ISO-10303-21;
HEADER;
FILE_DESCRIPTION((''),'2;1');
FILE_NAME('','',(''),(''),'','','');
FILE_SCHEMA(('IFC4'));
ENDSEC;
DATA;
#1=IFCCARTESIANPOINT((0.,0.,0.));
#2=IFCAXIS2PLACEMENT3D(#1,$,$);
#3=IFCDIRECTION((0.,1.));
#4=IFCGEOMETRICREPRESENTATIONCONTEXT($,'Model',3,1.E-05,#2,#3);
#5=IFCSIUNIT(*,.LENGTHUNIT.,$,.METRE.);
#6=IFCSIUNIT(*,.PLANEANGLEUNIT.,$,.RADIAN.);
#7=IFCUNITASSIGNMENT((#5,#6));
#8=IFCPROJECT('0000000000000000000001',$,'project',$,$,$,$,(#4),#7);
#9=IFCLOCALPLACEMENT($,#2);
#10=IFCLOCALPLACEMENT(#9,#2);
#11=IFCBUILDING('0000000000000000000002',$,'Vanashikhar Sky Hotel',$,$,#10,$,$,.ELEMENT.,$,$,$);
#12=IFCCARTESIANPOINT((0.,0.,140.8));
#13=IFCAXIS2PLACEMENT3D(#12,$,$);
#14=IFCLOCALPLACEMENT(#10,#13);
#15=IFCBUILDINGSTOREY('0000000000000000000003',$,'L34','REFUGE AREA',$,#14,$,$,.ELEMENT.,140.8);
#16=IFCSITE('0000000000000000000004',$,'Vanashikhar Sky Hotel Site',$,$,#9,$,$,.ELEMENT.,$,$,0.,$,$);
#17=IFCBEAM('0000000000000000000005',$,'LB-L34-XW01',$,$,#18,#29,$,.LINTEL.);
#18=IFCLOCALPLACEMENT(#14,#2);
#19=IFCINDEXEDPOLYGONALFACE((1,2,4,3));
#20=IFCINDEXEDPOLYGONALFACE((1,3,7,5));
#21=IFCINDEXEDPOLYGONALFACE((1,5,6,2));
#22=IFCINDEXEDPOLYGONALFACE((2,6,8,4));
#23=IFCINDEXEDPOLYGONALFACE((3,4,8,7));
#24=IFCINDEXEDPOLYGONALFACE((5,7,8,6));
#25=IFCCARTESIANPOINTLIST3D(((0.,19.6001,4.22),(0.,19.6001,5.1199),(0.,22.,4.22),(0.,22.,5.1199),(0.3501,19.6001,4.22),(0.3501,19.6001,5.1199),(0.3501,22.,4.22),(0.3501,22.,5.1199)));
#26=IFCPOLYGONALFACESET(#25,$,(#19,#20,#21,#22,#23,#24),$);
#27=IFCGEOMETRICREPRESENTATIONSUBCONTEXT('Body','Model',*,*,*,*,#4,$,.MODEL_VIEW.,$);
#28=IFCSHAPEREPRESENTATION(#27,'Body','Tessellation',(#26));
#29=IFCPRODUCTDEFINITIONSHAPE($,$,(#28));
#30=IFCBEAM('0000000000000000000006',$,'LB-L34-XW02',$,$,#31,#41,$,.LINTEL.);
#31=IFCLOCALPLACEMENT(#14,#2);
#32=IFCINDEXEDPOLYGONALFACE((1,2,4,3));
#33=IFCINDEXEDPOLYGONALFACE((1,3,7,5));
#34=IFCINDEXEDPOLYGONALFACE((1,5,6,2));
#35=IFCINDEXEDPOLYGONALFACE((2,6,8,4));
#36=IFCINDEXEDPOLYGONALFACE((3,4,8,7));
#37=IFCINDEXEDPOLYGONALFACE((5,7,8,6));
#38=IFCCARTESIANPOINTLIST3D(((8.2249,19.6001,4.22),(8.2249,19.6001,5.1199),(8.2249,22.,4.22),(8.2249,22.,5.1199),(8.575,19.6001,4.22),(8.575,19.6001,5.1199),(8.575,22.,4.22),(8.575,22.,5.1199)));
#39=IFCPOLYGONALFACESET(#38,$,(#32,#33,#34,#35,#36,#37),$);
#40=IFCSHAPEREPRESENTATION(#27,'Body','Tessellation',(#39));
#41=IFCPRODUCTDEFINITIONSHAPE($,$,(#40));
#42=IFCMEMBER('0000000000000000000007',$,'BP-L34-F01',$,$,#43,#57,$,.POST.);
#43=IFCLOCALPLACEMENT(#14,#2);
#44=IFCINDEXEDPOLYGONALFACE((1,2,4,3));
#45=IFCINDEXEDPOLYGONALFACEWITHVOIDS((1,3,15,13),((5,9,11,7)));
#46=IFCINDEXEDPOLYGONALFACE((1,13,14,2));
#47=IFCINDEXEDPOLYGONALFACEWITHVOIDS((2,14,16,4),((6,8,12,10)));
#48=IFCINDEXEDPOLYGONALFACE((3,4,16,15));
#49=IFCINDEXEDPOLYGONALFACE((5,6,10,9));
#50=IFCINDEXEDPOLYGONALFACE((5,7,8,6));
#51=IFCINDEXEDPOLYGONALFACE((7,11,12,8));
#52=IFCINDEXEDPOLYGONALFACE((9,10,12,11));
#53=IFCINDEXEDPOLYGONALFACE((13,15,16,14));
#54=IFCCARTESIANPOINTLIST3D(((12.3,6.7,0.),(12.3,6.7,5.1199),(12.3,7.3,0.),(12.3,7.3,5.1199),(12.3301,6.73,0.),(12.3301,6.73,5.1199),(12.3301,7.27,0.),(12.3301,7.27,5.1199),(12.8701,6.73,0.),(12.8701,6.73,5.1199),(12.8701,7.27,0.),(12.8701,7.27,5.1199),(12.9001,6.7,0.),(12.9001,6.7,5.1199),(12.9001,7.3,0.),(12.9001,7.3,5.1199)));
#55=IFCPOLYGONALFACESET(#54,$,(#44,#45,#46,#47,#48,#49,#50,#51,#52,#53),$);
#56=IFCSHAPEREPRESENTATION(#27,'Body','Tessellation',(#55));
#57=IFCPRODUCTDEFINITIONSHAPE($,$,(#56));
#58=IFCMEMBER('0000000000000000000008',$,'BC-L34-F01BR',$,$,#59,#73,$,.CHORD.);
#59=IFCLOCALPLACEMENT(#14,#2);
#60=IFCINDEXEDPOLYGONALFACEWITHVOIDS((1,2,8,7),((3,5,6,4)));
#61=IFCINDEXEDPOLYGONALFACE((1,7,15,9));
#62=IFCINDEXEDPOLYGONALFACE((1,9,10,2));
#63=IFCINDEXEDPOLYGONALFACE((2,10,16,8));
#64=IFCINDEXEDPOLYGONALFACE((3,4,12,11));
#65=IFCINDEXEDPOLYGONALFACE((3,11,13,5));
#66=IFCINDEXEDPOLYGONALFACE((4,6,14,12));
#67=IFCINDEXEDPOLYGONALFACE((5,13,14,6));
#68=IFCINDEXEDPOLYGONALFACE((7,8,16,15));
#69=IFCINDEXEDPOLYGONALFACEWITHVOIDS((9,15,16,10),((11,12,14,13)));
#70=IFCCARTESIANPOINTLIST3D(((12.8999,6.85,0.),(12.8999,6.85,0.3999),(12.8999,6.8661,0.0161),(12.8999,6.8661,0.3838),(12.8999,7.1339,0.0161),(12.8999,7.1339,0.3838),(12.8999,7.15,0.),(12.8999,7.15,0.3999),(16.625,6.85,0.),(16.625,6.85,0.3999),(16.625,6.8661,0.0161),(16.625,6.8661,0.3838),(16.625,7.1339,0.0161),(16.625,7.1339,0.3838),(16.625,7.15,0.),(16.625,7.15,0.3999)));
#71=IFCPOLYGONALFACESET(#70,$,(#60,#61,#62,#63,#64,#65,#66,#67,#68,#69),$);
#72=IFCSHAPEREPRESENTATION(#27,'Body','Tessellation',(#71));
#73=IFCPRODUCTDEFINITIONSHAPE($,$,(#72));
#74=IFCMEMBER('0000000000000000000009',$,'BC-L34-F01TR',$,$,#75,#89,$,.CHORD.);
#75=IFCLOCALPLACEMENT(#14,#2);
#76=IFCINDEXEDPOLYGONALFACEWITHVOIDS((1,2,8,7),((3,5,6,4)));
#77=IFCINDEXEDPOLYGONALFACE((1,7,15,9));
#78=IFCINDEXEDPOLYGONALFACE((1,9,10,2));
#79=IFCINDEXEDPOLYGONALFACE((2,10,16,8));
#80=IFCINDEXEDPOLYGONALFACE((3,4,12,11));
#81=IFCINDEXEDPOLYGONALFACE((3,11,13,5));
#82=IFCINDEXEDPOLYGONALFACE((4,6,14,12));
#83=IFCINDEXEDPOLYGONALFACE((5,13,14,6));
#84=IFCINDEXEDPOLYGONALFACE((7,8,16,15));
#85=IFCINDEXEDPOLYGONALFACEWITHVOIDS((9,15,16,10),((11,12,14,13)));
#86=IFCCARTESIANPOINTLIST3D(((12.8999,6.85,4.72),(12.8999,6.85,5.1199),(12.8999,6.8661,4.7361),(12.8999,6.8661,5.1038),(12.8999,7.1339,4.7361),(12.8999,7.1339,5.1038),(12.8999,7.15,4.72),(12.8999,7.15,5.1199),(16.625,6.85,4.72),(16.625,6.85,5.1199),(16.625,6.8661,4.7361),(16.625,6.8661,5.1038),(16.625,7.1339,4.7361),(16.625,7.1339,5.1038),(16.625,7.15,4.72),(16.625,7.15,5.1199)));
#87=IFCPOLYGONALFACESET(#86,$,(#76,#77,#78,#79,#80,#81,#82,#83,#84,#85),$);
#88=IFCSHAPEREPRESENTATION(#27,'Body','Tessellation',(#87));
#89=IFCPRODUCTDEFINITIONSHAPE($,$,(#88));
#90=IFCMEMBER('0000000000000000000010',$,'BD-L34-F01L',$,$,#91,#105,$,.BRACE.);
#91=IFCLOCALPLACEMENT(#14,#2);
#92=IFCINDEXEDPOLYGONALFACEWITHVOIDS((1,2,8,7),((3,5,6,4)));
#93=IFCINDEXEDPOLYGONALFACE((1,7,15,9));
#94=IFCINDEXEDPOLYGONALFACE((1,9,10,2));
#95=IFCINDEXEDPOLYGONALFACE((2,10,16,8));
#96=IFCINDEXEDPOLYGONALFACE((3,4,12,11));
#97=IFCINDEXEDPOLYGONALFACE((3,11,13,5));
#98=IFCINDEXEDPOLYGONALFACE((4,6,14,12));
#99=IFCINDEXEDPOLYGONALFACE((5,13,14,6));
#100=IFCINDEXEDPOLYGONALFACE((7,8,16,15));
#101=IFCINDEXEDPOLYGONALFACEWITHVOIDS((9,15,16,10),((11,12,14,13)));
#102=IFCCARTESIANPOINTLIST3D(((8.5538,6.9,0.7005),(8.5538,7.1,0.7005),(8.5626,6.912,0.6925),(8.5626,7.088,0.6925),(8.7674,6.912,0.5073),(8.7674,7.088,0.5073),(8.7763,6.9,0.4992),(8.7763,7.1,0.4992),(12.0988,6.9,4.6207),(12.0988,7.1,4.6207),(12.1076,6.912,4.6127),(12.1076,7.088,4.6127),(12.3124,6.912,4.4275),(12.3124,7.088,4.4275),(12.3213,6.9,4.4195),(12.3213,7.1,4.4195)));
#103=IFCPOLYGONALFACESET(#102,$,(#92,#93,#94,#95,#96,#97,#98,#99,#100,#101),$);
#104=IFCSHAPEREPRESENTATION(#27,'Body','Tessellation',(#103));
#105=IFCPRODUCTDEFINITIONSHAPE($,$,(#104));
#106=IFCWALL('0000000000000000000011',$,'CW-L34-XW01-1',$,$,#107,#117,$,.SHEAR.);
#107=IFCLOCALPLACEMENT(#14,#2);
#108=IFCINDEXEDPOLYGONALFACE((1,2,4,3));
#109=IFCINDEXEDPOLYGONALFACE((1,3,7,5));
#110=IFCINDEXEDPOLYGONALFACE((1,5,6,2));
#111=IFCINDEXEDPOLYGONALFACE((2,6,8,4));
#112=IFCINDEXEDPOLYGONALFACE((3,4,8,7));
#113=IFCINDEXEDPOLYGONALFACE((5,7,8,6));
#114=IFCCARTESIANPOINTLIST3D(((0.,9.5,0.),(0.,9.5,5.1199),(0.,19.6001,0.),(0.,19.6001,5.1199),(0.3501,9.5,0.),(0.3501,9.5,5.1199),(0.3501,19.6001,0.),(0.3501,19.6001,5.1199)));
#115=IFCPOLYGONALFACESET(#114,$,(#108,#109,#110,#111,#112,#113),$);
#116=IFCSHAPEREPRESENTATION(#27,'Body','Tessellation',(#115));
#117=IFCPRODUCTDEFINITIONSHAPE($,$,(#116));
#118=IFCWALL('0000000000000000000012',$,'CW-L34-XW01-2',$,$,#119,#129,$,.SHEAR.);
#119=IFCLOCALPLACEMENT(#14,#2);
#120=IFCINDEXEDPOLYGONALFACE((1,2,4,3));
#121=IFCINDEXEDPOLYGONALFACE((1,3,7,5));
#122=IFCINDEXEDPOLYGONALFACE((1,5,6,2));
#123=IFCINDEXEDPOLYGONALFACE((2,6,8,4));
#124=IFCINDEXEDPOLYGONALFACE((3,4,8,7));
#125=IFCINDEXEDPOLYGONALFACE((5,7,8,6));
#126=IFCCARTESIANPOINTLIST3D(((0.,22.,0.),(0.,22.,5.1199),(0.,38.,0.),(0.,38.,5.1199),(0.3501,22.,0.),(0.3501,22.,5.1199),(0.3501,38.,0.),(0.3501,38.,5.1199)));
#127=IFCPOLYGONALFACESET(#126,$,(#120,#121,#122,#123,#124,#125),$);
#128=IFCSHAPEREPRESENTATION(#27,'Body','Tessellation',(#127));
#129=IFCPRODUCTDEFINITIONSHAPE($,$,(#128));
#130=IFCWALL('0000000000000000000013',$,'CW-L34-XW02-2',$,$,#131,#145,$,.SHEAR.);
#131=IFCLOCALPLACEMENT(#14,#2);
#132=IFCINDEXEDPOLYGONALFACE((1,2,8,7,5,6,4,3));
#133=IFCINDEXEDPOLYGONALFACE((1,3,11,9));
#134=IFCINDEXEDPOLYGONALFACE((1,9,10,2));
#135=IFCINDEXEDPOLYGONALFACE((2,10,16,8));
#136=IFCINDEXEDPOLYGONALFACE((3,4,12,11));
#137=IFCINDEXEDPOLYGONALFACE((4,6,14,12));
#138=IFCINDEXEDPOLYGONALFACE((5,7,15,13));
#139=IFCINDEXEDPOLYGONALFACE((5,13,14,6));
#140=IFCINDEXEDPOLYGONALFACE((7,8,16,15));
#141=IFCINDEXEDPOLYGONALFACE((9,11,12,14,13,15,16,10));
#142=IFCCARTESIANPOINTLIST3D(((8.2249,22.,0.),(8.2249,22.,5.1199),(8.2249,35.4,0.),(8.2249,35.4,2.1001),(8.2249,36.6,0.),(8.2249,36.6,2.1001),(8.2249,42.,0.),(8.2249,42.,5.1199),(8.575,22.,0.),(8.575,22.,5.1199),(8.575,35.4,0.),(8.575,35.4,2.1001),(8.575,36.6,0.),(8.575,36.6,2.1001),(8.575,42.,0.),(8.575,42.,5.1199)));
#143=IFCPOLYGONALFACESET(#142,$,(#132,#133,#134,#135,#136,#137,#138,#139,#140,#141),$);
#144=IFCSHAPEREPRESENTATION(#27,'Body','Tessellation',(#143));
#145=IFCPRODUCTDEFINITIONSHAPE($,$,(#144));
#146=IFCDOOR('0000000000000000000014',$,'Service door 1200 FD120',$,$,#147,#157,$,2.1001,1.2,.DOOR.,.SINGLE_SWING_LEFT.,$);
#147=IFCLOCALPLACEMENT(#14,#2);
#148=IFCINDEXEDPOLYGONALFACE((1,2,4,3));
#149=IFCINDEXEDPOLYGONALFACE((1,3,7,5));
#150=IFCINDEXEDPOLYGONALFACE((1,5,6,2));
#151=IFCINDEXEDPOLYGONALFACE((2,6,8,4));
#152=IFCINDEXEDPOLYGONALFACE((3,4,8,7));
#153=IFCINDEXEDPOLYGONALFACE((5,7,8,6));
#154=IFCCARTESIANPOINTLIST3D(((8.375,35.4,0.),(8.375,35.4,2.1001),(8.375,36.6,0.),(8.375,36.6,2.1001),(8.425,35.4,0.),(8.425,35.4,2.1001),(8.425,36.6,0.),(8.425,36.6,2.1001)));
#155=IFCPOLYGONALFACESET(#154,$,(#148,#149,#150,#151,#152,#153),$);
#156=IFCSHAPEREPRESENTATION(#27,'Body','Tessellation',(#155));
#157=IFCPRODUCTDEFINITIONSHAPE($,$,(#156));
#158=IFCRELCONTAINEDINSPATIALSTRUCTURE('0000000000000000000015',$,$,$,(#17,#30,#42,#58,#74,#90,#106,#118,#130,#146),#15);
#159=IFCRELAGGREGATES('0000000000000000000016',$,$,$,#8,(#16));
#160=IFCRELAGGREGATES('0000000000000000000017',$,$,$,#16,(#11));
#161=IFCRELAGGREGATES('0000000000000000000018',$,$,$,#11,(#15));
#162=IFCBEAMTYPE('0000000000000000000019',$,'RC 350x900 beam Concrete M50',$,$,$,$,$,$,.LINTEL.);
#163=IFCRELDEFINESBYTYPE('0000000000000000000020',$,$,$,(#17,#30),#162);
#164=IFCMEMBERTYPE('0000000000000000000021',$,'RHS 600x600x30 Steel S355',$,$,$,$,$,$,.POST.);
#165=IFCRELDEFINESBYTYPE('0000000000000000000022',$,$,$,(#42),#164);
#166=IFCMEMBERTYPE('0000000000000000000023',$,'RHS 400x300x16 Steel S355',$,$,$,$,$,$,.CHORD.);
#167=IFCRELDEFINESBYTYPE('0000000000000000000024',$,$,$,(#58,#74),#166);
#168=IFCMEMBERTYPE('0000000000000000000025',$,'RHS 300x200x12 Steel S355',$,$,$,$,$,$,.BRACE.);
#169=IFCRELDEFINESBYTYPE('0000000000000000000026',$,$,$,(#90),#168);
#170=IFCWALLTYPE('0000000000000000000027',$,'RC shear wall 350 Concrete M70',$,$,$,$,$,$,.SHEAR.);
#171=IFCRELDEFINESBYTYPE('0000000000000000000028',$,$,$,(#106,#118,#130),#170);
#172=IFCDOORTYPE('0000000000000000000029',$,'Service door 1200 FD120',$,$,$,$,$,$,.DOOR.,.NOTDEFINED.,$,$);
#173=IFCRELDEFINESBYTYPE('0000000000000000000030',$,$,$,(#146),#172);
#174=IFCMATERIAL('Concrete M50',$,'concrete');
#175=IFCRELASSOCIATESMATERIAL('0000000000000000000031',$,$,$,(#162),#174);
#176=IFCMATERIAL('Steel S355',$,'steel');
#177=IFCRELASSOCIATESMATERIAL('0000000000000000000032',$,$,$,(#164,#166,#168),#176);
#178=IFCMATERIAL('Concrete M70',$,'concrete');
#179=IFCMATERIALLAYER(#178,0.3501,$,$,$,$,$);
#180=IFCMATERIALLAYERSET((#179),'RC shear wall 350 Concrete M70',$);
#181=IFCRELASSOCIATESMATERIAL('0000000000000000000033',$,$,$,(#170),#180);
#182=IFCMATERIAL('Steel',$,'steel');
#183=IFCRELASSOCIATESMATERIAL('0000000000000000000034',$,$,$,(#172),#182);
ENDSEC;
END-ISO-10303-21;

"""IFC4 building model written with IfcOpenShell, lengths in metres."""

from ifc_helpers import new_model, si_unit, direction, frame, frame_2d, origin, origin_2d, place, context, subcontext, project, spatial, rectangle, hollow_rectangle, extrude, source, transform, mapped, material, layer, layer_set, material_profile, profile_set, type_object, element, fill, save


model = new_model("IFC4")

# Units and contexts
model_context = context("Model", 3, precision=1e-05, world=origin(), true_north=direction((0.0, 1.0)))
body_context = subcontext(model_context, "Body", "Model", "MODEL_VIEW")
ifc_project = project(units=[si_unit("LENGTHUNIT", "METRE"), si_unit("PLANEANGLEUNIT", "RADIAN")], contexts=[model_context])

# Site, building, storey
site_placement = place(None, origin())
site = spatial("IfcSite", under=ifc_project, at=site_placement, Name="Vanashikhar Sky Hotel Site", CompositionType="ELEMENT", RefElevation=0.0)
building_placement = place(site_placement, origin())
building = spatial("IfcBuilding", under=site, at=building_placement, Name="Vanashikhar Sky Hotel", CompositionType="ELEMENT")
storey_placement = place(building_placement, frame((0.0, 0.0, 140.8)))
storey = spatial("IfcBuildingStorey", under=building, at=storey_placement, Name="L34", Description="REFUGE AREA", CompositionType="ELEMENT", Elevation=140.8)

# Beams
ifc_material_1 = material(Name="Concrete M50", Category="concrete")
ifc_material_profile_1 = material_profile(ifc_material_1, rectangle(XDim=0.3501, YDim=0.8999, at=origin_2d()))
ifc_profile_set_1 = profile_set([ifc_material_profile_1], Name="RC 350x900 beam Concrete M50")
beam_type = type_object("IfcBeamType", Name="RC 350x900 beam Concrete M50", PredefinedType="LINTEL", material=ifc_profile_set_1)
shared_shape_1 = source(origin(), body_context, "Body", "SweptSolid", [
    extrude(rectangle(XDim=0.3501, YDim=0.8999, at=origin_2d()), origin(), (0.0, 0.0, 1.0), 2.3999),
])
for number, where, z_axis, x_axis, name in (
    (1, (0.175, 19.6001, 4.6699), (0.0, 1.0, 0.0), (-1.0, 0.0, 0.0), "LB-L34-XW01"),
    (2, (8.3999, 19.6001, 4.6699), (0.0, 1.0, 0.0), (-1.0, 0.0, 0.0), "LB-L34-XW02"),
):
    element("IfcBeam", number, at=place(storey_placement, frame(where, z_axis=z_axis, x_axis=x_axis)), inside=storey, type_object=beam_type, Name=name, PredefinedType="LINTEL", context=body_context, shape_type="MappedRepresentation", body=[
        mapped(shared_shape_1, transform((0.0, 0.0, 0.0), scale=1.0)),
    ])

# Members
ifc_material_2 = material(Name="Steel S355", Category="steel")
ifc_material_profile_2 = material_profile(ifc_material_2, hollow_rectangle(XDim=0.6001, YDim=0.6001, WallThickness=0.03, at=origin_2d()))
ifc_profile_set_2 = profile_set([ifc_material_profile_2], Name="RHS 600x600x30 Steel S355")
member_type_1 = type_object("IfcMemberType", Name="RHS 600x600x30 Steel S355", PredefinedType="POST", material=ifc_profile_set_2)
shared_shape_2 = source(origin(), body_context, "Body", "SweptSolid", [
    extrude(hollow_rectangle(XDim=0.6001, YDim=0.6001, WallThickness=0.03, at=origin_2d()), origin(), (0.0, 0.0, 1.0), 5.1199),
])
member_1_placement = place(storey_placement, frame((12.6001, 7.0, 0.0), z_axis=(0.0, 0.0, 1.0), x_axis=(1.0, 0.0, 0.0)))
element("IfcMember", 3, at=member_1_placement, inside=storey, type_object=member_type_1, Name="BP-L34-F01", PredefinedType="POST", context=body_context, shape_type="MappedRepresentation", body=[
    mapped(shared_shape_2, transform((0.0, 0.0, 0.0), scale=1.0)),
])
ifc_material_profile_3 = material_profile(ifc_material_2, hollow_rectangle(XDim=0.3, YDim=0.3999, WallThickness=0.0161, at=origin_2d()))
ifc_profile_set_3 = profile_set([ifc_material_profile_3], Name="RHS 400x300x16 Steel S355")
member_type_2 = type_object("IfcMemberType", Name="RHS 400x300x16 Steel S355", PredefinedType="CHORD", material=ifc_profile_set_3)
shared_shape_3 = source(origin(), body_context, "Body", "SweptSolid", [
    extrude(hollow_rectangle(XDim=0.3, YDim=0.3999, WallThickness=0.0161, at=origin_2d()), origin(), (0.0, 0.0, 1.0), 3.7251),
])
for number, where, z_axis, x_axis, name in (
    (4, (12.8999, 7.0, 0.2), (1.0, 0.0, 0.0), (0.0, 1.0, 0.0), "BC-L34-F01BR"),
    (5, (12.8999, 7.0, 4.9199), (1.0, 0.0, 0.0), (0.0, 1.0, 0.0), "BC-L34-F01TR"),
):
    element("IfcMember", number, at=place(storey_placement, frame(where, z_axis=z_axis, x_axis=x_axis)), inside=storey, type_object=member_type_2, Name=name, PredefinedType="CHORD", context=body_context, shape_type="MappedRepresentation", body=[
        mapped(shared_shape_3, transform((0.0, 0.0, 0.0), scale=1.0)),
    ])
ifc_material_profile_4 = material_profile(ifc_material_2, hollow_rectangle(XDim=0.2, YDim=0.3, WallThickness=0.012, at=origin_2d()))
ifc_profile_set_4 = profile_set([ifc_material_profile_4], Name="RHS 300x200x12 Steel S355")
member_type_3 = type_object("IfcMemberType", Name="RHS 300x200x12 Steel S355", PredefinedType="BRACE", material=ifc_profile_set_4)
shared_shape_4 = source(origin(), body_context, "Body", "SweptSolid", [
    extrude(hollow_rectangle(XDim=0.2, YDim=0.3, WallThickness=0.012, at=origin_2d()), origin(), (0.0, 0.0, 1.0), 5.2854),
])
member_2_placement = place(storey_placement, frame((8.665, 7.0, 0.5999), z_axis=(0.670716, 0.0, 0.741714), x_axis=(0.0, 1.0, 0.0)))
element("IfcMember", 6, at=member_2_placement, inside=storey, type_object=member_type_3, Name="BD-L34-F01L", PredefinedType="BRACE", context=body_context, shape_type="MappedRepresentation", body=[
    mapped(shared_shape_4, transform((0.0, 0.0, 0.0), scale=1.0)),
])

# Walls
ifc_material_3 = material(Name="Concrete M70", Category="concrete")
ifc_layer_1 = layer(ifc_material_3, 0.3501)
ifc_layer_set_1 = layer_set([ifc_layer_1], Name="RC shear wall 350 Concrete M70")
wall_type_1 = type_object("IfcWallType", Name="RC shear wall 350 Concrete M70", PredefinedType="SHEAR", material=ifc_layer_set_1)
shared_shape_5 = source(origin(), body_context, "Body", "SweptSolid", [
    extrude(rectangle(XDim=10.1001, YDim=0.3501, at=frame_2d((5.05, 0.0))), origin(), (0.0, 0.0, 1.0), 5.1199),
])
wall_1_placement = place(storey_placement, frame((0.175, 9.5, 0.0), z_axis=(0.0, 0.0, 1.0), x_axis=(0.0, 1.0, 0.0)))
element("IfcWall", 7, at=wall_1_placement, inside=storey, type_object=wall_type_1, Name="CW-L34-XW01-1", PredefinedType="SHEAR", context=body_context, shape_type="MappedRepresentation", body=[
    mapped(shared_shape_5, transform((0.0, 0.0, 0.0), scale=1.0)),
])
shared_shape_6 = source(origin(), body_context, "Body", "SweptSolid", [
    extrude(rectangle(XDim=16.0, YDim=0.3501, at=frame_2d((8.0, 0.0))), origin(), (0.0, 0.0, 1.0), 5.1199),
])
wall_2_placement = place(storey_placement, frame((0.175, 22.0, 0.0), z_axis=(0.0, 0.0, 1.0), x_axis=(0.0, 1.0, 0.0)))
element("IfcWall", 8, at=wall_2_placement, inside=storey, type_object=wall_type_1, Name="CW-L34-XW01-2", PredefinedType="SHEAR", context=body_context, shape_type="MappedRepresentation", body=[
    mapped(shared_shape_6, transform((0.0, 0.0, 0.0), scale=1.0)),
])

# Wall, opening, door
shared_shape_7 = source(origin(), body_context, "Body", "SweptSolid", [
    extrude(rectangle(XDim=20.0, YDim=0.3501, at=frame_2d((10.0, 0.0))), origin(), (0.0, 0.0, 1.0), 5.1199),
])
wall_3_placement = place(storey_placement, frame((8.3999, 22.0, 0.0), z_axis=(0.0, 0.0, 1.0), x_axis=(0.0, 1.0, 0.0)))
wall_3 = element("IfcWall", 9, at=wall_3_placement, inside=storey, type_object=wall_type_1, Name="CW-L34-XW02-2", PredefinedType="SHEAR", context=body_context, shape_type="MappedRepresentation", body=[
    mapped(shared_shape_7, transform((0.0, 0.0, 0.0), scale=1.0)),
])
shared_shape_8 = source(origin(), body_context, "Body", "SweptSolid", [
    extrude(rectangle(XDim=1.2, YDim=2.1001, at=frame_2d((0.6001, 1.05))), frame((0.0, 0.1851, 0.0), z_axis=(0.0, -1.0, 0.0), x_axis=(1.0, 0.0, 0.0)), (0.0, 0.0, 1.0), 0.3701),
])
opening_1_placement = place(wall_3_placement, frame((13.3999, 0.0, 0.0)))
opening_1 = element("IfcOpeningElement", 10, at=opening_1_placement, cuts=wall_3, PredefinedType="OPENING", context=body_context, shape_type="MappedRepresentation", body=[
    mapped(shared_shape_8, transform((0.0, 0.0, 0.0), scale=1.0)),
])
ifc_material_4 = material(Name="Steel", Category="steel")
door_type_1 = type_object("IfcDoorType", Name="Service door 1200 FD120", OperationType="NOTDEFINED", PredefinedType="DOOR", material=ifc_material_4)
shared_shape_9 = source(origin(), body_context, "Body", "SweptSolid", [
    extrude(rectangle(XDim=1.2, YDim=2.1001, at=frame_2d((0.6001, 1.05))), frame((0.0, 0.0249, 0.0), z_axis=(0.0, -1.0, 0.0), x_axis=(1.0, 0.0, 0.0)), (0.0, 0.0, 1.0), 0.05),
])
door_1_placement = place(opening_1_placement, origin())
door_1 = element("IfcDoor", 11, at=door_1_placement, inside=storey, type_object=door_type_1, Name="Service door 1200 FD120", OperationType="SINGLE_SWING_LEFT", OverallHeight=2.1001, OverallWidth=1.2, PredefinedType="DOOR", context=body_context, shape_type="MappedRepresentation", body=[
    mapped(shared_shape_9, transform((0.0, 0.0, 0.0), scale=1.0)),
])
fill(opening_1, door_1)

save(model, "model.ifc")
